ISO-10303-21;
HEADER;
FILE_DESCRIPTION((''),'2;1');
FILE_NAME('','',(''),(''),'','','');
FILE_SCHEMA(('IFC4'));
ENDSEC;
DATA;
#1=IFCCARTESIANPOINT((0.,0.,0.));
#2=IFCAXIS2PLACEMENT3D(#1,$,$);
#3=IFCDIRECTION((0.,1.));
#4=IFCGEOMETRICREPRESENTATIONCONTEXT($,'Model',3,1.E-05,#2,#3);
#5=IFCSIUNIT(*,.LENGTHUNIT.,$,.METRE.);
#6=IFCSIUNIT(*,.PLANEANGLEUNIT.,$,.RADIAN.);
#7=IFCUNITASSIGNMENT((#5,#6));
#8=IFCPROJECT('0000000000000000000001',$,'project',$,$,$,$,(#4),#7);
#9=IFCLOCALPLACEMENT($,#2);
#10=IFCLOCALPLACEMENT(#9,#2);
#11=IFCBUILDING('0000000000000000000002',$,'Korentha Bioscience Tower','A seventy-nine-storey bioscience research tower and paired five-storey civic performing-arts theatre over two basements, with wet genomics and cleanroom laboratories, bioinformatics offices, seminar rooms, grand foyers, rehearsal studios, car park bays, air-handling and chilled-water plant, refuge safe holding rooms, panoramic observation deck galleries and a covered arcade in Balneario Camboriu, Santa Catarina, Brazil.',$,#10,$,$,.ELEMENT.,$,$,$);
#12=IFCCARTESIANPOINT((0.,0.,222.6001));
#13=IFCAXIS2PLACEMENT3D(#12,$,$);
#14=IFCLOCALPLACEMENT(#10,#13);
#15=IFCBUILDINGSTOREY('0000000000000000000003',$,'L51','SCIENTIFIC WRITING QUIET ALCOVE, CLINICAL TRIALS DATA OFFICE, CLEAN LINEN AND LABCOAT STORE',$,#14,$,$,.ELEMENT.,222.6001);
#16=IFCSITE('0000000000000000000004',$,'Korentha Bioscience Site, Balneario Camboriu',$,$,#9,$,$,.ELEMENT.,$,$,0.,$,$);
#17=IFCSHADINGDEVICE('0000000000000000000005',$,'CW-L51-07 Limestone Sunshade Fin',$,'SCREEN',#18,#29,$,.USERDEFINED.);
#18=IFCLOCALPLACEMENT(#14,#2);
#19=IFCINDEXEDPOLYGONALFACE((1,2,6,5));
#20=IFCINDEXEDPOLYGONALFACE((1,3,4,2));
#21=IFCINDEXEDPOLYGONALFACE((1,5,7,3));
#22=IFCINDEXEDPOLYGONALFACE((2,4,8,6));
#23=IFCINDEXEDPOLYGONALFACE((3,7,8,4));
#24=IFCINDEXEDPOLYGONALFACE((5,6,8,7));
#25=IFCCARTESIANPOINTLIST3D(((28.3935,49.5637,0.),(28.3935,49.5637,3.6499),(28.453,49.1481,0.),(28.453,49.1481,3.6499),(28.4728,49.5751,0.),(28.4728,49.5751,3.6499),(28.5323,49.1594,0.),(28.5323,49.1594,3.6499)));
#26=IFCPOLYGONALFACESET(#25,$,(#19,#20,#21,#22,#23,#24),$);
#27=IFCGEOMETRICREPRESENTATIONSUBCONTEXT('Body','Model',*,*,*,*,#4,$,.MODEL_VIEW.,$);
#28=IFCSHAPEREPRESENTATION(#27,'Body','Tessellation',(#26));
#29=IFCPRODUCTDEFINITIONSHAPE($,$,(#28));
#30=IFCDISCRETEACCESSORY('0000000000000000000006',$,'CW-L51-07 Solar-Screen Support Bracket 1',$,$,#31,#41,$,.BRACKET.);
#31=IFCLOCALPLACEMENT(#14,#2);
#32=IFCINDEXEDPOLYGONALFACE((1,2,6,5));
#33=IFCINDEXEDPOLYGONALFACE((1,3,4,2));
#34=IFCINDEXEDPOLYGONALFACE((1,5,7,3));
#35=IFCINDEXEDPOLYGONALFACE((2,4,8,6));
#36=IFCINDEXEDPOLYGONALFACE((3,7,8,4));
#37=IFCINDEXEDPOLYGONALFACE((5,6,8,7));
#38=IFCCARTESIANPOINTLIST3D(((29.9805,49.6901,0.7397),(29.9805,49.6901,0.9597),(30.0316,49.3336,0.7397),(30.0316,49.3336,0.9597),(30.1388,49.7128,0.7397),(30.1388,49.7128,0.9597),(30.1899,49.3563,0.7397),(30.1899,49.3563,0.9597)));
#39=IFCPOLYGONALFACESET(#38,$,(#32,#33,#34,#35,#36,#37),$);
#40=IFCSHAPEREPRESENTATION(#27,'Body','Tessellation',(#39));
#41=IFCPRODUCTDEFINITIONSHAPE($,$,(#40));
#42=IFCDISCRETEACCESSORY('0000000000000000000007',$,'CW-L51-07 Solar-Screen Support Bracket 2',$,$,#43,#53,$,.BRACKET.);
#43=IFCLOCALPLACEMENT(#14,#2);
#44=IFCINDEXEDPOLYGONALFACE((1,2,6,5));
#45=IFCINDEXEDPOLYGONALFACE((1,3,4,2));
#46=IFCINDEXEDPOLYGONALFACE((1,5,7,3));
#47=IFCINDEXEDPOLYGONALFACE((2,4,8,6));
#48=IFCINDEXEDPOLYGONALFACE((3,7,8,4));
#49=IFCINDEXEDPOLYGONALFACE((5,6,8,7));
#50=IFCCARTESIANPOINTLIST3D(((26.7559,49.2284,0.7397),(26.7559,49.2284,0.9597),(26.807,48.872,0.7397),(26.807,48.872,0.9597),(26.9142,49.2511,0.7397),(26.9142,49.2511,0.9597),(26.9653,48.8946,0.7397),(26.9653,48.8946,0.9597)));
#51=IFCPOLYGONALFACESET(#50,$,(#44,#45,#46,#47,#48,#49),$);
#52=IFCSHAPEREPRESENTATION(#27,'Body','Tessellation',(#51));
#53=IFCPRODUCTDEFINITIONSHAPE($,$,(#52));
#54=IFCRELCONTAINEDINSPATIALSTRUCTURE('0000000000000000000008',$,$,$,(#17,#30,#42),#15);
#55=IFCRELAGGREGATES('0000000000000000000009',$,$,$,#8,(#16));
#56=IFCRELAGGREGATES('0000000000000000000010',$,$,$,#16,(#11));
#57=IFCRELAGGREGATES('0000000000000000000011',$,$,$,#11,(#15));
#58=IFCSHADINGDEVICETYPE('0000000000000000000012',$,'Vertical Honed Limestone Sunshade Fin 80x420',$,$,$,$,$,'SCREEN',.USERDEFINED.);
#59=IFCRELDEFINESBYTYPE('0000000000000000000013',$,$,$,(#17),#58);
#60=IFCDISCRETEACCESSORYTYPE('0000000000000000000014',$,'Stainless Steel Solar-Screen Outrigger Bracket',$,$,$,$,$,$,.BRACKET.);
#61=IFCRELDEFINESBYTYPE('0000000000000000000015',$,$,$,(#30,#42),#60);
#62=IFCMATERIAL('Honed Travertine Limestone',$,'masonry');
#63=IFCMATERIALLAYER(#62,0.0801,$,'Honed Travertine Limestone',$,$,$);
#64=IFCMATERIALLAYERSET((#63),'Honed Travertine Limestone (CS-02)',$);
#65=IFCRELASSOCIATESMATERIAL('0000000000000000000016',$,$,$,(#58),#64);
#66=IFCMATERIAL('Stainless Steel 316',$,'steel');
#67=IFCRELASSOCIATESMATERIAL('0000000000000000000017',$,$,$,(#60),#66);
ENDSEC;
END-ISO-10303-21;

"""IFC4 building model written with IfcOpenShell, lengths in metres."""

from ifc_helpers import new_model, si_unit, direction, frame, origin, origin_2d, place, context, subcontext, project, spatial, rectangle, extrude, material, layer, layer_set, type_object, element, save


model = new_model("IFC4")

# Units and contexts
model_context = context("Model", 3, precision=1e-05, world=origin(), true_north=direction((0.0, 1.0)))
body_context = subcontext(model_context, "Body", "Model", "MODEL_VIEW")
ifc_project = project(units=[si_unit("LENGTHUNIT", "METRE"), si_unit("PLANEANGLEUNIT", "RADIAN")], contexts=[model_context])

# Site, building, storey
site_placement = place(None, origin())
site = spatial("IfcSite", under=ifc_project, at=site_placement, Name="Korentha Bioscience Site, Balneario Camboriu", CompositionType="ELEMENT", RefElevation=0.0)
building_placement = place(site_placement, origin())
building = spatial("IfcBuilding", under=site, at=building_placement, Name="Korentha Bioscience Tower", Description="A seventy-nine-storey bioscience research tower and paired five-storey civic performing-arts theatre over two basements, with wet genomics and cleanroom laboratories, bioinformatics offices, seminar rooms, grand foyers, rehearsal studios, car park bays, air-handling and chilled-water plant, refuge safe holding rooms, panoramic observation deck galleries and a covered arcade in Balneario Camboriu, Santa Catarina, Brazil.", CompositionType="ELEMENT")
storey_placement = place(building_placement, frame((0.0, 0.0, 222.6001)))
storey = spatial("IfcBuildingStorey", under=building, at=storey_placement, Name="L51", Description="SCIENTIFIC WRITING QUIET ALCOVE, CLINICAL TRIALS DATA OFFICE, CLEAN LINEN AND LABCOAT STORE", CompositionType="ELEMENT", Elevation=222.6001)

# Shading device
ifc_material_1 = material(Name="Honed Travertine Limestone", Category="masonry")
ifc_layer_1 = layer(ifc_material_1, 0.0801, Name="Honed Travertine Limestone")
ifc_layer_set_1 = layer_set([ifc_layer_1], Name="Honed Travertine Limestone (CS-02)")
shading_device_type_1 = type_object("IfcShadingDeviceType", Name="Vertical Honed Limestone Sunshade Fin 80x420", ElementType="SCREEN", PredefinedType="USERDEFINED", material=ifc_layer_set_1)
shading_device_1_placement = place(storey_placement, frame((28.4629, 49.3616, 0.0), z_axis=(0.0, 0.0, 1.0), x_axis=(-0.989902, -0.141754, 0.0)))
element("IfcShadingDevice", 1, at=shading_device_1_placement, inside=storey, type_object=shading_device_type_1, Name="CW-L51-07 Limestone Sunshade Fin", ObjectType="SCREEN", PredefinedType="USERDEFINED", context=body_context, shape_type="SweptSolid", body=[
    extrude(rectangle(XDim=0.0801, YDim=0.4199, at=origin_2d()), origin(), (0.0, 0.0, 1.0), 3.6499),
])

# Discrete accessories
ifc_material_2 = material(Name="Stainless Steel 316", Category="steel")
discrete_accessory_type = type_object("IfcDiscreteAccessoryType", Name="Stainless Steel Solar-Screen Outrigger Bracket", PredefinedType="BRACKET", material=ifc_material_2)
for number, where, z_axis, x_axis, name in (
    (2, (30.0852, 49.5232, 0.7397), (0.0, 0.0, 1.0), (-0.989902, -0.141754, 0.0), "CW-L51-07 Solar-Screen Support Bracket 1"),
    (3, (26.8606, 49.0615, 0.7397), (0.0, 0.0, 1.0), (-0.989902, -0.141754, 0.0), "CW-L51-07 Solar-Screen Support Bracket 2"),
):
    element("IfcDiscreteAccessory", number, at=place(storey_placement, frame(where, z_axis=z_axis, x_axis=x_axis)), inside=storey, type_object=discrete_accessory_type, Name=name, PredefinedType="BRACKET", context=body_context, shape_type="SweptSolid", body=[
        extrude(rectangle(XDim=0.1599, YDim=0.3601, at=origin_2d()), origin(), (0.0, 0.0, 1.0), 0.22),
    ])

save(model, "model.ifc")
